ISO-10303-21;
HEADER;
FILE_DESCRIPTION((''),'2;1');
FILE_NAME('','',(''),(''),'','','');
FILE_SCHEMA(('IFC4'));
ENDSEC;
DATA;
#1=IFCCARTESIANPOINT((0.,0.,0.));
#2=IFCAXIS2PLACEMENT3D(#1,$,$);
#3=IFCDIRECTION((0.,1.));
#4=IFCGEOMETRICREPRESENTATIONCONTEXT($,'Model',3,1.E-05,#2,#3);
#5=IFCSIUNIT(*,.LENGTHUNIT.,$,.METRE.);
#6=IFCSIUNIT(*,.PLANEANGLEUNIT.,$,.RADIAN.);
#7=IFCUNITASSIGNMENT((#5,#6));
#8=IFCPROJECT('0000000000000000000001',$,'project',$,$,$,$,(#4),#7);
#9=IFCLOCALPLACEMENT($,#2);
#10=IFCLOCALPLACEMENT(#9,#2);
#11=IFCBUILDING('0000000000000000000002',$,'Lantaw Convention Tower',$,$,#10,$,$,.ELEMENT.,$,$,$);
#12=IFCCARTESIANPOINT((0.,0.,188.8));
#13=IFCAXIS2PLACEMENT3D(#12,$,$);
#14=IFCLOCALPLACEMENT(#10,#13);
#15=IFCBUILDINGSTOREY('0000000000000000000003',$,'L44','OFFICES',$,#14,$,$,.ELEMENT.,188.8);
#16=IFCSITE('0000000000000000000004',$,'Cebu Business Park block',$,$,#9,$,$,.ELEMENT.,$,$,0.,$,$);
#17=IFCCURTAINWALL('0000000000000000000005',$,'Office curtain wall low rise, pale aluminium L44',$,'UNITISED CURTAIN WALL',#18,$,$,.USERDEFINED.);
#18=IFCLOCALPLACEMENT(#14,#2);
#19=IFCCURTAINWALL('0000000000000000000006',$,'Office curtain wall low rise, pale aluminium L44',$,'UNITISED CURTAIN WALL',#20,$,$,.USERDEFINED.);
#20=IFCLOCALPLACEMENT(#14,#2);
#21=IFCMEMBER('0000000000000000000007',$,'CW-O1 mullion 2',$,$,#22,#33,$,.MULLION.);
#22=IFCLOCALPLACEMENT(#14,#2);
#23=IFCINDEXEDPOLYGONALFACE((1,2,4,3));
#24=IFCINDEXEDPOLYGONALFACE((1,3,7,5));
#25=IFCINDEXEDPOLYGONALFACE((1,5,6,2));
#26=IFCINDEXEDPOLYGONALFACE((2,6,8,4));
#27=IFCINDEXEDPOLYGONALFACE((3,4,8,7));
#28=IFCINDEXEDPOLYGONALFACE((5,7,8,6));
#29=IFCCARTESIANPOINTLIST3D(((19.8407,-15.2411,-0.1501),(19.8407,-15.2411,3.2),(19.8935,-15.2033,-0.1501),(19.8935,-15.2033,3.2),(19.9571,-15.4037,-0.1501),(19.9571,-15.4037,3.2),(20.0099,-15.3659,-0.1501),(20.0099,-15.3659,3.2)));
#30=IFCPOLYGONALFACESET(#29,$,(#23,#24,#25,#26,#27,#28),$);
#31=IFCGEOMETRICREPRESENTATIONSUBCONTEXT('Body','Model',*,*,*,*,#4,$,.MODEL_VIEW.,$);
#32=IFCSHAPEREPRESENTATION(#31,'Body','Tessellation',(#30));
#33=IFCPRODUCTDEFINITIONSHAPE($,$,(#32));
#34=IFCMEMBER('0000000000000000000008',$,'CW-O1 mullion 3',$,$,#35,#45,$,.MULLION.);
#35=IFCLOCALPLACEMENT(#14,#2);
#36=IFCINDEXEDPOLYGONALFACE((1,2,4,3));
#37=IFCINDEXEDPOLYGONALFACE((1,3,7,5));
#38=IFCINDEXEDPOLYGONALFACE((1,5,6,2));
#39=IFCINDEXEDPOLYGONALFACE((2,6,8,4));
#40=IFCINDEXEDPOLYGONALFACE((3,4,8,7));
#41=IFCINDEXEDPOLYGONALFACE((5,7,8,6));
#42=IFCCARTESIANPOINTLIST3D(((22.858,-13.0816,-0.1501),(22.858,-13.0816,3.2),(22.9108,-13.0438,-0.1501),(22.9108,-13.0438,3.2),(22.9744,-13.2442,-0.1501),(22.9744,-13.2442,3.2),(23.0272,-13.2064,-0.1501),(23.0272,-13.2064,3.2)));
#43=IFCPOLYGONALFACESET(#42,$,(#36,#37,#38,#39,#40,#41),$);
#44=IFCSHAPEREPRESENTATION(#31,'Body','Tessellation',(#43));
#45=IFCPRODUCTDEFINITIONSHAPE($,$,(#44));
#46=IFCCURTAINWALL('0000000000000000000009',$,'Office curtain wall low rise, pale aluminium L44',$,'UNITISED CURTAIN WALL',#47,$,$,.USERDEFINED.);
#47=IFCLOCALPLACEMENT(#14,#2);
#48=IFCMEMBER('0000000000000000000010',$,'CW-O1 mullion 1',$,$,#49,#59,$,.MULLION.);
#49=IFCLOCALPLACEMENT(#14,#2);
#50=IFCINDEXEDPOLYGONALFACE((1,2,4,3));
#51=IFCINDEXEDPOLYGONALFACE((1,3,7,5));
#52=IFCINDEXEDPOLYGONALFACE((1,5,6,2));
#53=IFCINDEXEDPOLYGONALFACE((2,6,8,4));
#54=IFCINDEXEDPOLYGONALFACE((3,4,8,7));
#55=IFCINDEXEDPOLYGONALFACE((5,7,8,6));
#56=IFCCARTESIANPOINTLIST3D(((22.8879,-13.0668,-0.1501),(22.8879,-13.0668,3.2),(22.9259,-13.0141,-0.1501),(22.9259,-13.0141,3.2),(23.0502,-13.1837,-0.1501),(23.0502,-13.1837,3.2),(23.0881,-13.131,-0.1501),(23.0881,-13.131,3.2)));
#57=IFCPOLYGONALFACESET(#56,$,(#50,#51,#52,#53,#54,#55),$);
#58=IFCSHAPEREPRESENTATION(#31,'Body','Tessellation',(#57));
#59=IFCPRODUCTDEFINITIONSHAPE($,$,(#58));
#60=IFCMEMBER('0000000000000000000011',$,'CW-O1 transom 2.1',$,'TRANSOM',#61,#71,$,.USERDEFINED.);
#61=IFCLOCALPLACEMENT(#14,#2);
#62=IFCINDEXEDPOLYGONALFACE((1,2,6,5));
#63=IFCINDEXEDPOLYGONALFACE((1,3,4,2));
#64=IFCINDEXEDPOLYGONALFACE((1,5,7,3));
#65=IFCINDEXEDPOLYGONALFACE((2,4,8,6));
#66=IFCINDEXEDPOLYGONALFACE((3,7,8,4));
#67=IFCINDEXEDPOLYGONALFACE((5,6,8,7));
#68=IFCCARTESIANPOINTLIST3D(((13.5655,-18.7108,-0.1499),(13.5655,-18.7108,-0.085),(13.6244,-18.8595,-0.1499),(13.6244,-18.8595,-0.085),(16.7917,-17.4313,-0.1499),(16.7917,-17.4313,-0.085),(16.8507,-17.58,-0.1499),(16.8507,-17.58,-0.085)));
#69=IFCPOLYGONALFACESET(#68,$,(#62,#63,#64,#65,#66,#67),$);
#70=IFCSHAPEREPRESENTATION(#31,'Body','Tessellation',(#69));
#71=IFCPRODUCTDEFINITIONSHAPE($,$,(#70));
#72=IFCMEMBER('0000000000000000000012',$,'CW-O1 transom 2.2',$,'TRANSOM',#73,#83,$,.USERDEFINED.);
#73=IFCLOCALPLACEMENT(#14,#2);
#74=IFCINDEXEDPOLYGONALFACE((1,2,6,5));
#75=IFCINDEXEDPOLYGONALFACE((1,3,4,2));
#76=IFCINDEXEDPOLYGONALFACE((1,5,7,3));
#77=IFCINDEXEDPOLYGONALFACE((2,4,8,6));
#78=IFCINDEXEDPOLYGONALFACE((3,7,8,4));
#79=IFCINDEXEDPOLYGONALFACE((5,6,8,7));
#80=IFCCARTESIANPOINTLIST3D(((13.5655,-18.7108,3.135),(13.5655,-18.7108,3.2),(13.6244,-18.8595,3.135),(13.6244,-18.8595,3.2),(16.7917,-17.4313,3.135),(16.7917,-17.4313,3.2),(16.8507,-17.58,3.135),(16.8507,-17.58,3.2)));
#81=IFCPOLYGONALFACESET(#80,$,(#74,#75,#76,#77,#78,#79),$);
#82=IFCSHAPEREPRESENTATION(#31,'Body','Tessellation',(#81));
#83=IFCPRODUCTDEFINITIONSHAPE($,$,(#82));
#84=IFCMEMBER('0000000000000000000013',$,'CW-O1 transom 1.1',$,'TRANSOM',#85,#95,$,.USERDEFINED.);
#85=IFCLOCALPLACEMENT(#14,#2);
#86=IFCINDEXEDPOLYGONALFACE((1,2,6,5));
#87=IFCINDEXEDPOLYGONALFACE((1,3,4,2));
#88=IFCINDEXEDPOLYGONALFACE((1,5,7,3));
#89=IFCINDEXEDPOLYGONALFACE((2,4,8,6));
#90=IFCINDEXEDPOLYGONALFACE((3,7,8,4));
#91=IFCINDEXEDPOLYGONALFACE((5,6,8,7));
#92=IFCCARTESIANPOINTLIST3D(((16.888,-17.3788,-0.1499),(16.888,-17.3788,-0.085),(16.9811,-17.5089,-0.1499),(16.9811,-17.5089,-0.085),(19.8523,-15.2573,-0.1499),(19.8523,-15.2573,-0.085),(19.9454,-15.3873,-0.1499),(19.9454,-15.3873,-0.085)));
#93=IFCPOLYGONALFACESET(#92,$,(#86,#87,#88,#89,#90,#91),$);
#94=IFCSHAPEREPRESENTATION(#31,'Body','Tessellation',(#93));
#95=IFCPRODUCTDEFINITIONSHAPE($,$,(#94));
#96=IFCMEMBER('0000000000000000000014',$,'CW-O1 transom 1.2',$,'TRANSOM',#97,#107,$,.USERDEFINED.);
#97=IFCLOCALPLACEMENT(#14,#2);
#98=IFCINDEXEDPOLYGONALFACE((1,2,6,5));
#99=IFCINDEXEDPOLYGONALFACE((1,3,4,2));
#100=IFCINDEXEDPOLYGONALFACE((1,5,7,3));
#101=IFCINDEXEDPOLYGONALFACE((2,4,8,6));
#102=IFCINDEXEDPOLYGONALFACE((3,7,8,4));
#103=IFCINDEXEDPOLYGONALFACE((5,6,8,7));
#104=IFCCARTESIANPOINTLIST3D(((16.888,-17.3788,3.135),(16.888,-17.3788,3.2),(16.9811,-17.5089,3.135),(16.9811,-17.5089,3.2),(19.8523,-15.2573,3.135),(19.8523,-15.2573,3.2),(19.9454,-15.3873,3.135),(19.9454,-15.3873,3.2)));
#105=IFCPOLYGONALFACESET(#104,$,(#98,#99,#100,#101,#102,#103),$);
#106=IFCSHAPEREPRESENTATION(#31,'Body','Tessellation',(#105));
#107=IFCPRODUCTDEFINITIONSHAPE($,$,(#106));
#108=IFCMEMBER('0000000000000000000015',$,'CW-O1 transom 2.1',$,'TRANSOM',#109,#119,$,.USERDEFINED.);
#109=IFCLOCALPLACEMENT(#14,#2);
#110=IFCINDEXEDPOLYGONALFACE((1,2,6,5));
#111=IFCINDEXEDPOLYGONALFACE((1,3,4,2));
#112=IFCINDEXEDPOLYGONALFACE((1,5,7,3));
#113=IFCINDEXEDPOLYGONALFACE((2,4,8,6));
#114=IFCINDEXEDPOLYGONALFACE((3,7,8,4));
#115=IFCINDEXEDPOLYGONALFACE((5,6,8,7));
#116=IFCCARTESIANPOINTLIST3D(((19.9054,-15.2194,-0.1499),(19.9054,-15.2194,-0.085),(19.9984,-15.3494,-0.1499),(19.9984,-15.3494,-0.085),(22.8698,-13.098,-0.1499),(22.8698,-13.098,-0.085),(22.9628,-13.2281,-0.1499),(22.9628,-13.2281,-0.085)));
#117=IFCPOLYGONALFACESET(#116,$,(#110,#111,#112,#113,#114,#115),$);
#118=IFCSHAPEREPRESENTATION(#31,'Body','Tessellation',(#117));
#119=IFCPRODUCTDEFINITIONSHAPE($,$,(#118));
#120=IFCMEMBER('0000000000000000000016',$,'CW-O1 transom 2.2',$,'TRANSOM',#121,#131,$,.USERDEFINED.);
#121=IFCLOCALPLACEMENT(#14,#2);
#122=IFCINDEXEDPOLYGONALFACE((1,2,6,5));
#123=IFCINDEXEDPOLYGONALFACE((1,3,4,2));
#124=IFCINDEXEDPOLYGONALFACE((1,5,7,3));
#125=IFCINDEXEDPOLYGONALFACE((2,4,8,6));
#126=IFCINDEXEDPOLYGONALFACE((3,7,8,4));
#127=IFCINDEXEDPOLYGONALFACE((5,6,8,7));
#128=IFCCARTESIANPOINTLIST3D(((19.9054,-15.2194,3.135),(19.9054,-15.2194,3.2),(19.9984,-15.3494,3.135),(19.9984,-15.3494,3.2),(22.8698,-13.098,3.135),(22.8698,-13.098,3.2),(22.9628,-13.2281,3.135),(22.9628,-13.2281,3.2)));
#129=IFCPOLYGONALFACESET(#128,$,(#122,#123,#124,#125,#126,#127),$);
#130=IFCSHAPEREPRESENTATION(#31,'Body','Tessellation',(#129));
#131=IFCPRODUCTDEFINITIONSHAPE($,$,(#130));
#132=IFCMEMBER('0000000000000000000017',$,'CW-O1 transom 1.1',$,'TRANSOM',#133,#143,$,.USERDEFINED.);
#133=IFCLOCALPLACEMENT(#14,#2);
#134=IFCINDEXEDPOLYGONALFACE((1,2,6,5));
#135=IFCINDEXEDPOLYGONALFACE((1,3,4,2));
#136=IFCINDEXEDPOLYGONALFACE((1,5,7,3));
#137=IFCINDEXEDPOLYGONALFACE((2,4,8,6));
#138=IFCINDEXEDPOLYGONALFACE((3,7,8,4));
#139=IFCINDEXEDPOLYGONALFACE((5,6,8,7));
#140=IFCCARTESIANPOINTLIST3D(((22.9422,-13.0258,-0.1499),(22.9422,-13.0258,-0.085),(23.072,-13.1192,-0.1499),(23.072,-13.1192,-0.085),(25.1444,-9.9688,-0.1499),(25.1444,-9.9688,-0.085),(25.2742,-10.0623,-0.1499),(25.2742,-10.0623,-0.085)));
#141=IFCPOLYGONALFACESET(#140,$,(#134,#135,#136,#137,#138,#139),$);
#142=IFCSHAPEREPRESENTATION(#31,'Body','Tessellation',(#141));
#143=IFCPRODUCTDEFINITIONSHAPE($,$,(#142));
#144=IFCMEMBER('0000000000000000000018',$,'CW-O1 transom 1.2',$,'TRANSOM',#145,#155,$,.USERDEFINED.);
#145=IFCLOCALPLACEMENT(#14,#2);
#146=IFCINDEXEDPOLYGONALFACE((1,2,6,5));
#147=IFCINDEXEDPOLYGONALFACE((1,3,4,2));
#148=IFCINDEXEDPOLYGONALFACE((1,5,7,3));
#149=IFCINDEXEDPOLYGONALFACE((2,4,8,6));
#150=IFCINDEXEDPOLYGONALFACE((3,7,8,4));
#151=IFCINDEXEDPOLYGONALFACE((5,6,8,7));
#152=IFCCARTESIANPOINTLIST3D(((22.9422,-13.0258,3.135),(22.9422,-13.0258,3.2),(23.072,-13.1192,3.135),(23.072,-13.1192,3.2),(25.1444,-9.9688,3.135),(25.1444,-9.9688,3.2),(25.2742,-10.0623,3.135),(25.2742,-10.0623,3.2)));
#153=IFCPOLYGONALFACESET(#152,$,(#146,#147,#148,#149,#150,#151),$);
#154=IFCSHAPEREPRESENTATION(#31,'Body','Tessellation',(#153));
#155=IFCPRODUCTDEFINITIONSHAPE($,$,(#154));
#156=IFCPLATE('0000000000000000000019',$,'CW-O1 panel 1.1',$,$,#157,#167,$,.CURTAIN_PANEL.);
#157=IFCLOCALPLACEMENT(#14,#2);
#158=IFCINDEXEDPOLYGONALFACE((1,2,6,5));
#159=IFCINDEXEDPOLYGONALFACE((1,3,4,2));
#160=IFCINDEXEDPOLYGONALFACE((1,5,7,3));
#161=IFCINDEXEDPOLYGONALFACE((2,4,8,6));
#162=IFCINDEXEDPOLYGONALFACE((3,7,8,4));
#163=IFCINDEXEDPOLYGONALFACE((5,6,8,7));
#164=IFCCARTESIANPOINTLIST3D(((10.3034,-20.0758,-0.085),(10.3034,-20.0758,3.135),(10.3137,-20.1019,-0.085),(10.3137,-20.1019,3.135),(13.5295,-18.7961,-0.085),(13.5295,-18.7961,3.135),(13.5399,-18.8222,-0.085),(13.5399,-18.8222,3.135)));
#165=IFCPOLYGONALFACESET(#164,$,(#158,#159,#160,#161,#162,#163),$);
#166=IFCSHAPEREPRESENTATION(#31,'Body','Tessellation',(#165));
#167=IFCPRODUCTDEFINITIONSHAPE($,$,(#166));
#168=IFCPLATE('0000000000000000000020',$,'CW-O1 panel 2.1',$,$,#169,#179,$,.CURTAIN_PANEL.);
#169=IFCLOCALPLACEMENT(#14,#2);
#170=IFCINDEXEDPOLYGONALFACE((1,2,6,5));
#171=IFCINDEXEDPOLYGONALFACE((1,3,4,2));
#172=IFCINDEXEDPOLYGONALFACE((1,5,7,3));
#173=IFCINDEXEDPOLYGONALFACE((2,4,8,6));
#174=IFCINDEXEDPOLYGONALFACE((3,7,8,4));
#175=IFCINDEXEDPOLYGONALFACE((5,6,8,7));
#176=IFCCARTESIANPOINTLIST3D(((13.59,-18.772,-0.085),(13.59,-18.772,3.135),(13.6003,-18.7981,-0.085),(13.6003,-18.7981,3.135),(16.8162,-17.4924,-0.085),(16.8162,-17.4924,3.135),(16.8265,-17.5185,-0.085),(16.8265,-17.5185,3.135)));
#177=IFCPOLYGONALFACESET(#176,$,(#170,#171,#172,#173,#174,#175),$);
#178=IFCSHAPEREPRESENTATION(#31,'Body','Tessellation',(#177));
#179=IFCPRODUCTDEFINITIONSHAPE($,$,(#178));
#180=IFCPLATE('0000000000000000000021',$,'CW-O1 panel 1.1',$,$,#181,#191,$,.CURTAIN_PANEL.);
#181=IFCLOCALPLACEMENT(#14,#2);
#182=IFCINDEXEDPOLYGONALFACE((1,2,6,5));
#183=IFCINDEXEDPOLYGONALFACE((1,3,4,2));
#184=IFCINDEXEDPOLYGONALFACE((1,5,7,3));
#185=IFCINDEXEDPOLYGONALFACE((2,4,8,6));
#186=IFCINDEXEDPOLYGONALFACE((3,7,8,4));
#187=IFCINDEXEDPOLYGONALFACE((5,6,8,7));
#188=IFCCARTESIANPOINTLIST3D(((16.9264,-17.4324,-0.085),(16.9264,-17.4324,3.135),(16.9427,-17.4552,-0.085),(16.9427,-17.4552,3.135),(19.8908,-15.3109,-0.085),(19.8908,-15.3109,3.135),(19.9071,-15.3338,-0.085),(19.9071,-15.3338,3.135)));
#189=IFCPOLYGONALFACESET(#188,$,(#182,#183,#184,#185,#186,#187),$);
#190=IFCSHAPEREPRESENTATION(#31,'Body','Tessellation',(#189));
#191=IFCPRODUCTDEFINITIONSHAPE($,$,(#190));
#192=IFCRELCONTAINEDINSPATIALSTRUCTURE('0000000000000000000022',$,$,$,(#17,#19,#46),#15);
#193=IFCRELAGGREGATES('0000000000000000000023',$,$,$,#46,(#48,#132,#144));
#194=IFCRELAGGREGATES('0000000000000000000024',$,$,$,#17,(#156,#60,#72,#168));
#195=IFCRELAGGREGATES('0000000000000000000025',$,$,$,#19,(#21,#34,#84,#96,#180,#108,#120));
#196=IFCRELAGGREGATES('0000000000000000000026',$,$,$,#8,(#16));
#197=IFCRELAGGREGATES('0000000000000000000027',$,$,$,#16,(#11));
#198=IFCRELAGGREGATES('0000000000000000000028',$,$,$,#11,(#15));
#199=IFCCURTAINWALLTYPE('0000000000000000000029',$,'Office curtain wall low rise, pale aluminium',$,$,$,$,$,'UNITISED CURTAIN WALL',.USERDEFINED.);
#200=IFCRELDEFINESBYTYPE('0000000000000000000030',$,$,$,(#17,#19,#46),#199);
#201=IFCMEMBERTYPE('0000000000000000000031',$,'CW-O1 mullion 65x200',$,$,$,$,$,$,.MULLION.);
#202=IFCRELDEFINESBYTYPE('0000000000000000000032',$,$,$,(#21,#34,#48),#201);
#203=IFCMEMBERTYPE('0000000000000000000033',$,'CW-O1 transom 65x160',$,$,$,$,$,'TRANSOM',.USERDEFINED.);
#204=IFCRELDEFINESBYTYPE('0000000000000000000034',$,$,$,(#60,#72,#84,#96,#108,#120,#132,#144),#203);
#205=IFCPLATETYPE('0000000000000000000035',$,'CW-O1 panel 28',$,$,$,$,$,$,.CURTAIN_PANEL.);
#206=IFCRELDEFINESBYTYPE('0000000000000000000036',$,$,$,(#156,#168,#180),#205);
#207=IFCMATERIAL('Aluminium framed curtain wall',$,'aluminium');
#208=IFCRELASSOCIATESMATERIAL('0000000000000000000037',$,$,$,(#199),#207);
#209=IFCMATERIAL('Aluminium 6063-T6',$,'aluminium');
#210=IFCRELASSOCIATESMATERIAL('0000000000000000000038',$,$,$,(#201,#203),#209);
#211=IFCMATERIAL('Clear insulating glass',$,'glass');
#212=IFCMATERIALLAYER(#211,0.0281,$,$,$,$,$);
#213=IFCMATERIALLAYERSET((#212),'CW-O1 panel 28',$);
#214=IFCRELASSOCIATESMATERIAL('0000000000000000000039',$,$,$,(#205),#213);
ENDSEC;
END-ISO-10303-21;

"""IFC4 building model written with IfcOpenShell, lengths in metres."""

from ifc_helpers import new_model, si_unit, direction, frame, origin, origin_2d, place, context, subcontext, project, spatial, rectangle, extrude, material, layer, layer_set, material_profile, profile_set, type_object, element, aggregate, save


model = new_model("IFC4")

# Units and contexts
model_context = context("Model", 3, precision=1e-05, world=origin(), true_north=direction((0.0, 1.0)))
body_context = subcontext(model_context, "Body", "Model", "MODEL_VIEW")
ifc_project = project(units=[si_unit("LENGTHUNIT", "METRE"), si_unit("PLANEANGLEUNIT", "RADIAN")], contexts=[model_context])

# Site, building, storey
site_placement = place(None, origin())
site = spatial("IfcSite", under=ifc_project, at=site_placement, Name="Cebu Business Park block", CompositionType="ELEMENT", RefElevation=0.0)
building_placement = place(site_placement, origin())
building = spatial("IfcBuilding", under=site, at=building_placement, Name="Lantaw Convention Tower", CompositionType="ELEMENT")
storey_placement = place(building_placement, frame((0.0, 0.0, 188.8)))
storey = spatial("IfcBuildingStorey", under=building, at=storey_placement, Name="L44", Description="OFFICES", CompositionType="ELEMENT", Elevation=188.8)

# Curtain walls, members
ifc_material_1 = material(Name="Aluminium framed curtain wall", Category="aluminium")
curtain_wall_type = type_object("IfcCurtainWallType", Name="Office curtain wall low rise, pale aluminium", ElementType="UNITISED CURTAIN WALL", PredefinedType="USERDEFINED", material=ifc_material_1)
curtain_wall_1_placement = place(storey_placement, origin())
curtain_wall_1 = element("IfcCurtainWall", 1, at=curtain_wall_1_placement, inside=storey, type_object=curtain_wall_type, Name="Office curtain wall low rise, pale aluminium L44", ObjectType="UNITISED CURTAIN WALL", PredefinedType="USERDEFINED")
ifc_material_2 = material(Name="Aluminium 6063-T6", Category="aluminium")
ifc_material_profile_1 = material_profile(ifc_material_2, rectangle(XDim=0.2, YDim=0.0649, at=origin_2d()), Name="CW-O1 mullion 65x200")
ifc_profile_set_1 = profile_set([ifc_material_profile_1], Name="Aluminium 6063-T6")
member_type_1 = type_object("IfcMemberType", Name="CW-O1 mullion 65x200", PredefinedType="MULLION", material=ifc_profile_set_1)
curtain_wall_2_placement = place(storey_placement, origin())
curtain_wall_2 = element("IfcCurtainWall", 2, at=curtain_wall_2_placement, inside=storey, type_object=curtain_wall_type, Name="Office curtain wall low rise, pale aluminium L44", ObjectType="UNITISED CURTAIN WALL", PredefinedType="USERDEFINED")
member_1_placement = place(storey_placement, frame((19.9253, -15.3035, -0.1501), z_axis=(0.0, 0.0, 1.0), x_axis=(-0.581973, 0.813208, 0.0)))
member_1 = element("IfcMember", 3, at=member_1_placement, type_object=member_type_1, Name="CW-O1 mullion 2", PredefinedType="MULLION", context=body_context, shape_type="SweptSolid", body=[
    extrude(rectangle(XDim=0.2, YDim=0.0649, at=origin_2d()), origin(), (0.0, 0.0, 1.0), 3.3501),
])
member_2_placement = place(storey_placement, frame((22.9426, -13.144, -0.1501), z_axis=(0.0, 0.0, 1.0), x_axis=(-0.581973, 0.813208, 0.0)))
member_2 = element("IfcMember", 4, at=member_2_placement, type_object=member_type_1, Name="CW-O1 mullion 3", PredefinedType="MULLION", context=body_context, shape_type="SweptSolid", body=[
    extrude(rectangle(XDim=0.2, YDim=0.0649, at=origin_2d()), origin(), (0.0, 0.0, 1.0), 3.3501),
])

# Curtain wall, member
curtain_wall_3_placement = place(storey_placement, origin())
curtain_wall_3 = element("IfcCurtainWall", 5, at=curtain_wall_3_placement, inside=storey, type_object=curtain_wall_type, Name="Office curtain wall low rise, pale aluminium L44", ObjectType="UNITISED CURTAIN WALL", PredefinedType="USERDEFINED")
member_3_placement = place(storey_placement, frame((22.988, -13.0989, -0.1501), z_axis=(0.0, 0.0, 1.0), x_axis=(-0.811385, 0.584513, 0.0)))
member_3 = element("IfcMember", 6, at=member_3_placement, type_object=member_type_1, Name="CW-O1 mullion 1", PredefinedType="MULLION", context=body_context, shape_type="SweptSolid", body=[
    extrude(rectangle(XDim=0.2, YDim=0.0649, at=origin_2d()), origin(), (0.0, 0.0, 1.0), 3.3501),
])

# Members
ifc_material_profile_2 = material_profile(ifc_material_2, rectangle(XDim=0.1599, YDim=0.0649, at=origin_2d()), Name="CW-O1 transom 65x160")
ifc_profile_set_2 = profile_set([ifc_material_profile_2], Name="Aluminium 6063-T6")
member_type_2 = type_object("IfcMemberType", Name="CW-O1 transom 65x160", ElementType="TRANSOM", PredefinedType="USERDEFINED", material=ifc_profile_set_2)
member_4_placement = place(storey_placement, frame((13.595, -18.7852, -0.1174), z_axis=(0.929564, 0.36866, 0.0), x_axis=(-0.36866, 0.929564, 0.0)))
member_4 = element("IfcMember", 7, at=member_4_placement, type_object=member_type_2, Name="CW-O1 transom 2.1", ObjectType="TRANSOM", PredefinedType="USERDEFINED", context=body_context, shape_type="SweptSolid", body=[
    extrude(rectangle(XDim=0.1599, YDim=0.0649, at=origin_2d()), origin(), (0.0, 0.0, 1.0), 3.4707),
])
member_5_placement = place(storey_placement, frame((13.595, -18.7852, 3.1675), z_axis=(0.929564, 0.36866, 0.0), x_axis=(-0.36866, 0.929564, 0.0)))
member_5 = element("IfcMember", 8, at=member_5_placement, type_object=member_type_2, Name="CW-O1 transom 2.2", ObjectType="TRANSOM", PredefinedType="USERDEFINED", context=body_context, shape_type="SweptSolid", body=[
    extrude(rectangle(XDim=0.1599, YDim=0.0649, at=origin_2d()), origin(), (0.0, 0.0, 1.0), 3.4707),
])
member_6_placement = place(storey_placement, frame((16.9346, -17.4438, -0.1174), z_axis=(0.81319, 0.581998, 0.0), x_axis=(-0.581998, 0.81319, 0.0)))
member_6 = element("IfcMember", 9, at=member_6_placement, type_object=member_type_2, Name="CW-O1 transom 1.1", ObjectType="TRANSOM", PredefinedType="USERDEFINED", context=body_context, shape_type="SweptSolid", body=[
    extrude(rectangle(XDim=0.1599, YDim=0.0649, at=origin_2d()), origin(), (0.0, 0.0, 1.0), 3.6453),
])
member_7_placement = place(storey_placement, frame((16.9346, -17.4438, 3.1675), z_axis=(0.81319, 0.581998, 0.0), x_axis=(-0.581998, 0.81319, 0.0)))
member_7 = element("IfcMember", 10, at=member_7_placement, type_object=member_type_2, Name="CW-O1 transom 1.2", ObjectType="TRANSOM", PredefinedType="USERDEFINED", context=body_context, shape_type="SweptSolid", body=[
    extrude(rectangle(XDim=0.1599, YDim=0.0649, at=origin_2d()), origin(), (0.0, 0.0, 1.0), 3.6453),
])
member_8_placement = place(storey_placement, frame((19.9519, -15.2844, -0.1174), z_axis=(0.813222, 0.581954, 0.0), x_axis=(-0.581954, 0.813222, 0.0)))
member_8 = element("IfcMember", 11, at=member_8_placement, type_object=member_type_2, Name="CW-O1 transom 2.1", ObjectType="TRANSOM", PredefinedType="USERDEFINED", context=body_context, shape_type="SweptSolid", body=[
    extrude(rectangle(XDim=0.1599, YDim=0.0649, at=origin_2d()), origin(), (0.0, 0.0, 1.0), 3.6453),
])
member_9_placement = place(storey_placement, frame((19.9519, -15.2844, 3.1675), z_axis=(0.813222, 0.581954, 0.0), x_axis=(-0.581954, 0.813222, 0.0)))
member_9 = element("IfcMember", 12, at=member_9_placement, type_object=member_type_2, Name="CW-O1 transom 2.2", ObjectType="TRANSOM", PredefinedType="USERDEFINED", context=body_context, shape_type="SweptSolid", body=[
    extrude(rectangle(XDim=0.1599, YDim=0.0649, at=origin_2d()), origin(), (0.0, 0.0, 1.0), 3.6453),
])
member_10_placement = place(storey_placement, frame((23.0071, -13.0725, -0.1174), z_axis=(0.584513, 0.811384, 0.0), x_axis=(-0.811384, 0.584513, 0.0)))
member_10 = element("IfcMember", 13, at=member_10_placement, type_object=member_type_2, Name="CW-O1 transom 1.1", ObjectType="TRANSOM", PredefinedType="USERDEFINED", context=body_context, shape_type="SweptSolid", body=[
    extrude(rectangle(XDim=0.1599, YDim=0.0649, at=origin_2d()), origin(), (0.0, 0.0, 1.0), 3.7676),
])
member_11_placement = place(storey_placement, frame((23.0071, -13.0725, 3.1675), z_axis=(0.584513, 0.811384, 0.0), x_axis=(-0.811384, 0.584513, 0.0)))
member_11 = element("IfcMember", 14, at=member_11_placement, type_object=member_type_2, Name="CW-O1 transom 1.2", ObjectType="TRANSOM", PredefinedType="USERDEFINED", context=body_context, shape_type="SweptSolid", body=[
    extrude(rectangle(XDim=0.1599, YDim=0.0649, at=origin_2d()), origin(), (0.0, 0.0, 1.0), 3.7676),
])
aggregate(curtain_wall_3, [member_3, member_10, member_11])

# Plates
ifc_material_3 = material(Name="Clear insulating glass", Category="glass")
ifc_layer_1 = layer(ifc_material_3, 0.0281)
ifc_layer_set_1 = layer_set([ifc_layer_1], Name="CW-O1 panel 28")
plate_type_1 = type_object("IfcPlateType", Name="CW-O1 panel 28", PredefinedType="CURTAIN_PANEL", material=ifc_layer_set_1)
plate_1_placement = place(storey_placement, frame((11.9216, -19.449, -0.085), z_axis=(0.0, 0.0, 1.0), x_axis=(0.929548, 0.368702, 0.0)))
plate_1 = element("IfcPlate", 15, at=plate_1_placement, type_object=plate_type_1, Name="CW-O1 panel 1.1", PredefinedType="CURTAIN_PANEL", context=body_context, shape_type="SweptSolid", body=[
    extrude(rectangle(XDim=3.4707, YDim=0.0281, at=origin_2d()), origin(), (0.0, 0.0, 1.0), 3.22),
])
plate_2_placement = place(storey_placement, frame((15.2083, -18.1453, -0.085), z_axis=(0.0, 0.0, 1.0), x_axis=(0.929548, 0.368702, 0.0)))
plate_2 = element("IfcPlate", 16, at=plate_2_placement, type_object=plate_type_1, Name="CW-O1 panel 2.1", PredefinedType="CURTAIN_PANEL", context=body_context, shape_type="SweptSolid", body=[
    extrude(rectangle(XDim=3.4707, YDim=0.0281, at=origin_2d()), origin(), (0.0, 0.0, 1.0), 3.22),
])
aggregate(curtain_wall_1, [plate_1, member_4, member_5, plate_2])
plate_3_placement = place(storey_placement, frame((18.4167, -16.3831, -0.085), z_axis=(0.0, 0.0, 1.0), x_axis=(0.813208, 0.581973, 0.0)))
plate_3 = element("IfcPlate", 17, at=plate_3_placement, type_object=plate_type_1, Name="CW-O1 panel 1.1", PredefinedType="CURTAIN_PANEL", context=body_context, shape_type="SweptSolid", body=[
    extrude(rectangle(XDim=3.6453, YDim=0.0281, at=origin_2d()), origin(), (0.0, 0.0, 1.0), 3.22),
])
aggregate(curtain_wall_2, [member_1, member_2, member_6, member_7, plate_3, member_8, member_9])

save(model, "model.ifc")
